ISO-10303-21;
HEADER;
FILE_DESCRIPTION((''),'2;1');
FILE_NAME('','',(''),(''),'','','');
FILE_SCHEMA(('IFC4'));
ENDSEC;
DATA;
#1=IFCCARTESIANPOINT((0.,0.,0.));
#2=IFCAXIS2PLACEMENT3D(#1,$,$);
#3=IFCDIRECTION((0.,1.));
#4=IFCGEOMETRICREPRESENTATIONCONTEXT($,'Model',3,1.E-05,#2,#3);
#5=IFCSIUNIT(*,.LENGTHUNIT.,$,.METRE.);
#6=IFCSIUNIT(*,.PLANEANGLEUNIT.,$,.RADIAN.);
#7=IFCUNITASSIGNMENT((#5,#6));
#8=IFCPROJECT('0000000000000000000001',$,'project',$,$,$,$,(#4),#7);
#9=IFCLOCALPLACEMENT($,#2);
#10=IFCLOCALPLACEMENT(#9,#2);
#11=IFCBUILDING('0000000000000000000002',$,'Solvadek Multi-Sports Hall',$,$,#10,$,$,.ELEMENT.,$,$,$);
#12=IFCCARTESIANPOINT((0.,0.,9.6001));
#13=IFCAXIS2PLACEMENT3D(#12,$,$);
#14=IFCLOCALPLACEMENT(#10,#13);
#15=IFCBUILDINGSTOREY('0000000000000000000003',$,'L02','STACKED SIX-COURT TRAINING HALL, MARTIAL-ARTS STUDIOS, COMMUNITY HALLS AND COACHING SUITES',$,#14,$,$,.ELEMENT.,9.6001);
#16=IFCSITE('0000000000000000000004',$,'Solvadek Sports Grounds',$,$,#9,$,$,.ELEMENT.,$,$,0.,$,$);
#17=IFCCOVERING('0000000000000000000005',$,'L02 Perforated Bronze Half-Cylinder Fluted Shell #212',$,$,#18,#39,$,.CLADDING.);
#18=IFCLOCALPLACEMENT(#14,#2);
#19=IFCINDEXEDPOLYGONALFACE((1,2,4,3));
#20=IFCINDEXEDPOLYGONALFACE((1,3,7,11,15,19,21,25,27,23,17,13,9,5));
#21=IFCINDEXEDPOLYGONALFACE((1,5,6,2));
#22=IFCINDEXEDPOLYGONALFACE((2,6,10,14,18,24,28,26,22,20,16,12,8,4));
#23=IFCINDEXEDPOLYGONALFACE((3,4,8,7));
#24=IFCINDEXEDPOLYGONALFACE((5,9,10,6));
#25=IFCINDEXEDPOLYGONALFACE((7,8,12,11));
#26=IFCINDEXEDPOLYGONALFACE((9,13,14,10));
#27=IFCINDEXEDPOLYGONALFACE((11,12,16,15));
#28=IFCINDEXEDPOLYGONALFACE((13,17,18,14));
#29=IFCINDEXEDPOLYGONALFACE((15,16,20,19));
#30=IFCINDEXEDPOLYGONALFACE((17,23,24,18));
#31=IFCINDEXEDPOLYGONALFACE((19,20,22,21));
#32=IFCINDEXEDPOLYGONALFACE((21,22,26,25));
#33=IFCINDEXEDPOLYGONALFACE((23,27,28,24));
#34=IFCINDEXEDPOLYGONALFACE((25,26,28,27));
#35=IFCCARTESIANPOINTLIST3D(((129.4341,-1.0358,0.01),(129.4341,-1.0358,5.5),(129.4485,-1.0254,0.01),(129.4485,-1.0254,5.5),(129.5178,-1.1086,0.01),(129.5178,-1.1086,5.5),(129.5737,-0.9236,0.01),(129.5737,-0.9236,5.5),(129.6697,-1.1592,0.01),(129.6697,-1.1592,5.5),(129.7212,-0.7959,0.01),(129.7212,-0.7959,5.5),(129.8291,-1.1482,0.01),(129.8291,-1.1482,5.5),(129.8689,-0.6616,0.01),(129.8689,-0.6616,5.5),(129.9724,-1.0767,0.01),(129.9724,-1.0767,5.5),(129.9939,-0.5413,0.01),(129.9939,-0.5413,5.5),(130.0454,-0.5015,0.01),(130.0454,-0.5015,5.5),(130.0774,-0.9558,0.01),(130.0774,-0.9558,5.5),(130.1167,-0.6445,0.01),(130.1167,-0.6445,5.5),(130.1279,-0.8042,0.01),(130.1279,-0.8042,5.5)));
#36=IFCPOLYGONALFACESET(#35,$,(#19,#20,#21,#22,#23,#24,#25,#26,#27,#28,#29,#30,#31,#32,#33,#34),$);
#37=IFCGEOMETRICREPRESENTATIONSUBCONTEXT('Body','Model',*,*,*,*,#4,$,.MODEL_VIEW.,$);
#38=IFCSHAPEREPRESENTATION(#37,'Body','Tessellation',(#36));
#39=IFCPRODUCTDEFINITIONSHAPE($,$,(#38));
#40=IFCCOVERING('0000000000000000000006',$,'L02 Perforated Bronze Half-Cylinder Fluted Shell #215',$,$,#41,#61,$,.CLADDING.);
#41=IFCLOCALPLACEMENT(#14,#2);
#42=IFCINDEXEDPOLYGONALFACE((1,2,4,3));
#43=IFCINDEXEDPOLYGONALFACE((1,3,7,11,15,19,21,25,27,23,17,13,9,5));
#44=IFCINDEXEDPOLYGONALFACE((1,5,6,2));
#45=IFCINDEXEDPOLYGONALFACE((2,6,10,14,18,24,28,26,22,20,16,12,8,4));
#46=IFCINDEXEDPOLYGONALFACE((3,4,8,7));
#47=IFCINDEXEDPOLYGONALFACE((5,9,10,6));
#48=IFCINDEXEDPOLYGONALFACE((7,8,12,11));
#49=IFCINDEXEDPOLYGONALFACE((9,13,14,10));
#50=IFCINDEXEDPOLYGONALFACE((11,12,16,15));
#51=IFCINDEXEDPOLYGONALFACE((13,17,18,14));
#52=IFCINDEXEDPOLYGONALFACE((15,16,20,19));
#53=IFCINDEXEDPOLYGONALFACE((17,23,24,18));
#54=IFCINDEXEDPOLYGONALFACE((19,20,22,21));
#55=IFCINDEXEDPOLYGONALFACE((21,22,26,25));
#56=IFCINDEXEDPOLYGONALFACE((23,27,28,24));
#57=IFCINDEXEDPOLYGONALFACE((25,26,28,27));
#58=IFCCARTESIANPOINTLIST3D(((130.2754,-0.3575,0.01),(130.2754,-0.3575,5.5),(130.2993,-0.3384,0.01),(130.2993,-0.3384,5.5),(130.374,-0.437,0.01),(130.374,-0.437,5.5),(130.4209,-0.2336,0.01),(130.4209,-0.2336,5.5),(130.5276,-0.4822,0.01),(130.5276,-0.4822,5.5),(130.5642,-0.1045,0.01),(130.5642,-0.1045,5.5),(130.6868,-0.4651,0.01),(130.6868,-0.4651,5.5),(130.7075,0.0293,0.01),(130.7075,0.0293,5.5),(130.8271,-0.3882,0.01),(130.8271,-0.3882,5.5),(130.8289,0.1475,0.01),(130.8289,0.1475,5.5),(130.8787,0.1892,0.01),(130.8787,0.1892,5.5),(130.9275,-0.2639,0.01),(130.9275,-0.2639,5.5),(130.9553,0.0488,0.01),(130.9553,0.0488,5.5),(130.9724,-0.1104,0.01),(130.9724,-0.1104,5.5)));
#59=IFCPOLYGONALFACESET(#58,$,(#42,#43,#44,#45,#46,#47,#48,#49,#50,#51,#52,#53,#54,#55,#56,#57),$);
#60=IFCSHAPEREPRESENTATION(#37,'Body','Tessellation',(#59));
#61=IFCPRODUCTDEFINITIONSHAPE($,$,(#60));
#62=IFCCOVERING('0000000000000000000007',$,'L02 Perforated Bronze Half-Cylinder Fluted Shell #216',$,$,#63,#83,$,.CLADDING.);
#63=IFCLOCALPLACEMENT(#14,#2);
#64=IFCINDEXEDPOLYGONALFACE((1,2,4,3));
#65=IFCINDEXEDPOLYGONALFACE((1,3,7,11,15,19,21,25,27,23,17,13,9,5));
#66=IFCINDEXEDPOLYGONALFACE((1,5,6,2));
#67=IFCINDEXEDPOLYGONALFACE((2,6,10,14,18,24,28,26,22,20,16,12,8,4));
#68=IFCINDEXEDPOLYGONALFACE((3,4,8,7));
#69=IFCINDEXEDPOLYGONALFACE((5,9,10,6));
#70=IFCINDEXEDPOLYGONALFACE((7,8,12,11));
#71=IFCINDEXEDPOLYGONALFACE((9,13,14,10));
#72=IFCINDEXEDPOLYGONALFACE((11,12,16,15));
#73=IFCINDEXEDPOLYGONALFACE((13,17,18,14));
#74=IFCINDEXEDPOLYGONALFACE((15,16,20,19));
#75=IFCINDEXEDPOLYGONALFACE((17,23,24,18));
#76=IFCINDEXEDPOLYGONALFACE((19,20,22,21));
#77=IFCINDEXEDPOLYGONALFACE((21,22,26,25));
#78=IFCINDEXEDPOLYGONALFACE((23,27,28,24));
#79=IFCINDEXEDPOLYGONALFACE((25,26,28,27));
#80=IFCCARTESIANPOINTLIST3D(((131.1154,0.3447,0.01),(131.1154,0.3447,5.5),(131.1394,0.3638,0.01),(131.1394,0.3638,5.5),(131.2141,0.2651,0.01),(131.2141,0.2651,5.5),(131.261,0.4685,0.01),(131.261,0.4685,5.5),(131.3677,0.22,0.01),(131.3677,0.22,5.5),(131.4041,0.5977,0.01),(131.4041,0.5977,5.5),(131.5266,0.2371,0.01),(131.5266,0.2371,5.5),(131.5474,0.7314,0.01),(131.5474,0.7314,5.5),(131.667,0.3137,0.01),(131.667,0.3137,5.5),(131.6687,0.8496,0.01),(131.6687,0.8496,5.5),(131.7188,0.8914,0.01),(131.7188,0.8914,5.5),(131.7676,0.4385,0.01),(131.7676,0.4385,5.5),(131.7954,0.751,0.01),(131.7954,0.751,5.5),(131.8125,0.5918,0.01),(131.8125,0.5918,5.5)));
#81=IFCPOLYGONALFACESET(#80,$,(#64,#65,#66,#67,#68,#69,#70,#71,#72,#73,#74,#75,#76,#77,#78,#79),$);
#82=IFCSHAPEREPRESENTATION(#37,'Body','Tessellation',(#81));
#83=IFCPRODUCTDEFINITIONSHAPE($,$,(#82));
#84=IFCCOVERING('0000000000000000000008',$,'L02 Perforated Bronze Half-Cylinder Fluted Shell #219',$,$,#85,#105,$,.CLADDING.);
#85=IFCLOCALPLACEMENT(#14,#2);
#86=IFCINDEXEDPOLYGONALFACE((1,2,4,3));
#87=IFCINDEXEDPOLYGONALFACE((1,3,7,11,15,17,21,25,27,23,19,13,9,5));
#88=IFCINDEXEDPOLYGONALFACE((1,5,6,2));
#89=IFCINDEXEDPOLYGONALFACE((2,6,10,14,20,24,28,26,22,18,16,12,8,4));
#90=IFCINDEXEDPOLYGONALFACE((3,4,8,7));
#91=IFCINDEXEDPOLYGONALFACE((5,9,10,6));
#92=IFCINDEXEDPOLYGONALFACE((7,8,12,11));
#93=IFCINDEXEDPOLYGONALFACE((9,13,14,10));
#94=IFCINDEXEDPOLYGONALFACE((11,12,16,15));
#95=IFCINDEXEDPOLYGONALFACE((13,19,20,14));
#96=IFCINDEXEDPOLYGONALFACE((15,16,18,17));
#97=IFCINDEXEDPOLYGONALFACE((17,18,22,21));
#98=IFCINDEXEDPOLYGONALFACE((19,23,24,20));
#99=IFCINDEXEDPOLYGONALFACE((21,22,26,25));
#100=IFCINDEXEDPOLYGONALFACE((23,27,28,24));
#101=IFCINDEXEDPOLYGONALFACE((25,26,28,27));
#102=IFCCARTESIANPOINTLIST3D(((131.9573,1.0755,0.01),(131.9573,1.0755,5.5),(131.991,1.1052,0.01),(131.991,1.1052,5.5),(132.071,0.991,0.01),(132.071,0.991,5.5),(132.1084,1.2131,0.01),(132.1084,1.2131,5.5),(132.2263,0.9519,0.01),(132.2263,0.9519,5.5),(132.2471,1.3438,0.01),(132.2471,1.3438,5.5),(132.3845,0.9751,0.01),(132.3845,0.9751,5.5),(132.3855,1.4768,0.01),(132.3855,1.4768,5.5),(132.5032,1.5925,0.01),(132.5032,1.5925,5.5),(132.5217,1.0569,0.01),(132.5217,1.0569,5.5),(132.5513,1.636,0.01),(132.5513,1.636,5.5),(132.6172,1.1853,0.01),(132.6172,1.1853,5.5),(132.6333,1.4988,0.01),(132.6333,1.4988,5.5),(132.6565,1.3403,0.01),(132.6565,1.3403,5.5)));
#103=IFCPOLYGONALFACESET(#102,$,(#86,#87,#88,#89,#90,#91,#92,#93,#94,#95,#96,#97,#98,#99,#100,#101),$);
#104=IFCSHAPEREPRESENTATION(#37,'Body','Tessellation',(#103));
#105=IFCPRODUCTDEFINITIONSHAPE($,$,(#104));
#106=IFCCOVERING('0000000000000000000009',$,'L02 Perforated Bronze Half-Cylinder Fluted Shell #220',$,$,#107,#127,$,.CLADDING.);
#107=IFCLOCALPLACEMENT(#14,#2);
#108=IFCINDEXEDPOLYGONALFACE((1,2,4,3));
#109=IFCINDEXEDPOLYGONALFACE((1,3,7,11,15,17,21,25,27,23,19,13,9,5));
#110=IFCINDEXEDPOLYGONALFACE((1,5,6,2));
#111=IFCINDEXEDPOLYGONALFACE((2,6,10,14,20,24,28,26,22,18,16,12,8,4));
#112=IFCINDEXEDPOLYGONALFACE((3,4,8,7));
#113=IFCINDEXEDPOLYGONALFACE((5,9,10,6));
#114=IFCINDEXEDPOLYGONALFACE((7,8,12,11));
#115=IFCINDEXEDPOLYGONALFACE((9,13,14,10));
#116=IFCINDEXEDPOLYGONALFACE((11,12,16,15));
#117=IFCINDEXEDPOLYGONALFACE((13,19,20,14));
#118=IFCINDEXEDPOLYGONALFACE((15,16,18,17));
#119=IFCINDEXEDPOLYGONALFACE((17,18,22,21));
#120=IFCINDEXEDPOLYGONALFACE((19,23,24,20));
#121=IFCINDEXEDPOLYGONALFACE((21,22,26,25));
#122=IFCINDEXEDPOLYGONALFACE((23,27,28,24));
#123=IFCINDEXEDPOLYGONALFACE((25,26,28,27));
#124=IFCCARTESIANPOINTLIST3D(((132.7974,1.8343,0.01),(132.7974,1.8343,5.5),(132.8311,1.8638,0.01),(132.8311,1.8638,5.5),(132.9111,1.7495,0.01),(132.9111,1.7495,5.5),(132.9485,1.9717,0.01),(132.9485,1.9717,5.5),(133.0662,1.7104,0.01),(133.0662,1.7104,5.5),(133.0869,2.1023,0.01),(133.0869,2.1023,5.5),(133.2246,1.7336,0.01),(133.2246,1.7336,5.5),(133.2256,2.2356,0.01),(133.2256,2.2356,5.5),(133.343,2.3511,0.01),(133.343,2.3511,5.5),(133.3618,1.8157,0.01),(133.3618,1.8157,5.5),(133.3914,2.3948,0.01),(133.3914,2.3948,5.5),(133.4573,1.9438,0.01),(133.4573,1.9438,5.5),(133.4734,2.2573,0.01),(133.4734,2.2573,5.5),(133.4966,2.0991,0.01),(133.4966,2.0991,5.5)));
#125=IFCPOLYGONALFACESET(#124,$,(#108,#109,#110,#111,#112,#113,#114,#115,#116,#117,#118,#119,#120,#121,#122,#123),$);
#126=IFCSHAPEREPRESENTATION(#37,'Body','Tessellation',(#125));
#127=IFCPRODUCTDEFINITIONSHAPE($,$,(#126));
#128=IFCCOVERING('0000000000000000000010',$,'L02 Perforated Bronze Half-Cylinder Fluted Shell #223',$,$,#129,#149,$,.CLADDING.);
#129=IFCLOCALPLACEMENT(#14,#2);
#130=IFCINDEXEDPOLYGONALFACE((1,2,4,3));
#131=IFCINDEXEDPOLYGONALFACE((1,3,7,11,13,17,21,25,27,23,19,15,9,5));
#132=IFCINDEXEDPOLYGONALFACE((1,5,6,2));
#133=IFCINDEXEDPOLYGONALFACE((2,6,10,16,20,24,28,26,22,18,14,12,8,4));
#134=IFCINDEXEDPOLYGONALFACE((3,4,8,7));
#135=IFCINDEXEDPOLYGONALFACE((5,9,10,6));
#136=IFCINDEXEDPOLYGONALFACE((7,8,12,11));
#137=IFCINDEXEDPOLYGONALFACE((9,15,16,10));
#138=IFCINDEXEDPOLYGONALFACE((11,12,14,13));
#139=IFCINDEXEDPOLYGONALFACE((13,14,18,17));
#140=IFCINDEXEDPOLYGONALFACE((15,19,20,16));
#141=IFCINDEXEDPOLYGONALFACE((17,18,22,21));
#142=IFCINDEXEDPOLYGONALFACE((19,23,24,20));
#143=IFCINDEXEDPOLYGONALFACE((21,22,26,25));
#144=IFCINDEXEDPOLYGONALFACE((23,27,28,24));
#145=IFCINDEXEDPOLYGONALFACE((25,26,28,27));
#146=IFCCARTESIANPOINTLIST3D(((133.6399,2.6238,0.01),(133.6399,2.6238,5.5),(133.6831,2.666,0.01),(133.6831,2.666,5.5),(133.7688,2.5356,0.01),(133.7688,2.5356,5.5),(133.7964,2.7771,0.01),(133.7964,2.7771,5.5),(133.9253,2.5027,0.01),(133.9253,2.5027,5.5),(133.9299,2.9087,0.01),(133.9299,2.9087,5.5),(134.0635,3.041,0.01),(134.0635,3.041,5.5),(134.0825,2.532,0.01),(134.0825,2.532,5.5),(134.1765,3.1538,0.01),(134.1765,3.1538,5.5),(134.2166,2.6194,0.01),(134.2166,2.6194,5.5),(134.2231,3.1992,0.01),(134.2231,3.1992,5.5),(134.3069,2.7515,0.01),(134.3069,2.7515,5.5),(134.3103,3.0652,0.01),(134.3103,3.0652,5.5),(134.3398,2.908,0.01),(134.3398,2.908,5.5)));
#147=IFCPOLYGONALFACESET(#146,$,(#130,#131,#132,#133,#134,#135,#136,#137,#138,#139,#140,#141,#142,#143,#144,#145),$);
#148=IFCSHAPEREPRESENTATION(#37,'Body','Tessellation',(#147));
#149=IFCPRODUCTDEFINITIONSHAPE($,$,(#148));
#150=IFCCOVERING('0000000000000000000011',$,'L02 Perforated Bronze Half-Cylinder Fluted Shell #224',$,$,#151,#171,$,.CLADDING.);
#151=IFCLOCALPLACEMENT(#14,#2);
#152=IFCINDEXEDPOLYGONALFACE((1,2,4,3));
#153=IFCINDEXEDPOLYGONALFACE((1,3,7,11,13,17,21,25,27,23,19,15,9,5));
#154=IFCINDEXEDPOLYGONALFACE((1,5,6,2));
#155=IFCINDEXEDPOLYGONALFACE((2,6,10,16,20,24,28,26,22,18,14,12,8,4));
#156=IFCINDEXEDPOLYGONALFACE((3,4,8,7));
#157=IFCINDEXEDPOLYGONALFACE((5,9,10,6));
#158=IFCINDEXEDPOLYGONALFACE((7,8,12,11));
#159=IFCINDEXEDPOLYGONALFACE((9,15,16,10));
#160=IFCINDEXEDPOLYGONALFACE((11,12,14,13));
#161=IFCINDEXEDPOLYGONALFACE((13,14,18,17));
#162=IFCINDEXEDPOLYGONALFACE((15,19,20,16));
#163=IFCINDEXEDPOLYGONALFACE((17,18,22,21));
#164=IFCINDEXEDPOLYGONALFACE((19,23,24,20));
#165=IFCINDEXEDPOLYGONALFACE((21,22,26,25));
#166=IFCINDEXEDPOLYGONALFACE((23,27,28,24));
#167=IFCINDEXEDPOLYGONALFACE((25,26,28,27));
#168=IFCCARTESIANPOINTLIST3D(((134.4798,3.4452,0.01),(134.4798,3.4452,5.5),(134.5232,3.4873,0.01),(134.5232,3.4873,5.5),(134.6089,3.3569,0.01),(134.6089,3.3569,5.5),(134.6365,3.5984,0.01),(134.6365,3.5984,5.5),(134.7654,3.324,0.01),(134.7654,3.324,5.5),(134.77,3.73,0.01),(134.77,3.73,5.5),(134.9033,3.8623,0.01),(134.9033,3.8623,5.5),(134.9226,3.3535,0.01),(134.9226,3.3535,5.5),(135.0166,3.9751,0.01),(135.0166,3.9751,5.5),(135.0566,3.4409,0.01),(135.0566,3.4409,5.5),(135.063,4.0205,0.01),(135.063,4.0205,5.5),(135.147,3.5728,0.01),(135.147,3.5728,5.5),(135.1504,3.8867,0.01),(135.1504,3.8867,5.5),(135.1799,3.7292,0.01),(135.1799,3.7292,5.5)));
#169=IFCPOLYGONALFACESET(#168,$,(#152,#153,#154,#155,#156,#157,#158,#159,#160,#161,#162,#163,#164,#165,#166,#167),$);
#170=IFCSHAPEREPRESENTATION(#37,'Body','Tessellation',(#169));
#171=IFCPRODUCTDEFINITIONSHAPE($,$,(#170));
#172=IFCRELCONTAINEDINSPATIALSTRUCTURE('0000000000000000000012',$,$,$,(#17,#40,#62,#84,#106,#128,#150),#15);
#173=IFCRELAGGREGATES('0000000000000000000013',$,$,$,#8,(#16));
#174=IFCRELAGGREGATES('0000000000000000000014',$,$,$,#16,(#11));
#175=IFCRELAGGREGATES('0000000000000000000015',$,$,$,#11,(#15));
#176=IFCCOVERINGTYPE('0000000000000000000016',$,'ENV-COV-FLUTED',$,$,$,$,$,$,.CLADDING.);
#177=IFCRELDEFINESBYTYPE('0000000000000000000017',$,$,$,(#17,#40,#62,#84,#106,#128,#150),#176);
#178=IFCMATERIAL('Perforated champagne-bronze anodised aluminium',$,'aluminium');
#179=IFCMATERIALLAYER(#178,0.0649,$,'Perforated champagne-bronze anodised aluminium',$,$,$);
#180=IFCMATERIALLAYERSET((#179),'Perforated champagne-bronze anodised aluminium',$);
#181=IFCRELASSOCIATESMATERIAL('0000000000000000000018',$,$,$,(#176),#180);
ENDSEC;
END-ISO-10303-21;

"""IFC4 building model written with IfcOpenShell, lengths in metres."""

from ifc_helpers import new_model, si_unit, direction, frame, origin, place, context, subcontext, project, spatial, polyline, outline, extrude, material, layer, layer_set, type_object, element, save


model = new_model("IFC4")

# Units and contexts
model_context = context("Model", 3, precision=1e-05, world=origin(), true_north=direction((0.0, 1.0)))
body_context = subcontext(model_context, "Body", "Model", "MODEL_VIEW")
ifc_project = project(units=[si_unit("LENGTHUNIT", "METRE"), si_unit("PLANEANGLEUNIT", "RADIAN")], contexts=[model_context])

# Site, building, storey
site_placement = place(None, origin())
site = spatial("IfcSite", under=ifc_project, at=site_placement, Name="Solvadek Sports Grounds", CompositionType="ELEMENT", RefElevation=0.0)
building_placement = place(site_placement, origin())
building = spatial("IfcBuilding", under=site, at=building_placement, Name="Solvadek Multi-Sports Hall", CompositionType="ELEMENT")
storey_placement = place(building_placement, frame((0.0, 0.0, 9.6001)))
storey = spatial("IfcBuildingStorey", under=building, at=storey_placement, Name="L02", Description="STACKED SIX-COURT TRAINING HALL, MARTIAL-ARTS STUDIOS, COMMUNITY HALLS AND COACHING SUITES", CompositionType="ELEMENT", Elevation=9.6001)

# Coverings
ifc_material_1 = material(Name="Perforated champagne-bronze anodised aluminium", Category="aluminium")
ifc_layer_1 = layer(ifc_material_1, 0.0649, Name="Perforated champagne-bronze anodised aluminium")
ifc_layer_set_1 = layer_set([ifc_layer_1], Name="Perforated champagne-bronze anodised aluminium")
covering_type_1 = type_object("IfcCoveringType", Name="ENV-COV-FLUTED", PredefinedType="CLADDING", material=ifc_layer_set_1)
covering_1_placement = place(storey_placement, frame((0.0, 0.0, 0.01)))
element("IfcCovering", 1, at=covering_1_placement, inside=storey, type_object=covering_type_1, Name="L02 Perforated Bronze Half-Cylinder Fluted Shell #212", PredefinedType="CLADDING", context=body_context, shape_type="SweptSolid", body=[
    extrude(outline(polyline([(130.0454, -0.5015), (130.1167, -0.6445), (130.1279, -0.8042), (130.0774, -0.9558), (129.9724, -1.0767), (129.8291, -1.1482), (129.6697, -1.1592), (129.5178, -1.1086), (129.3972, -1.0037), (129.4485, -0.9639), (129.365, -1.0522), (129.3357, -1.0947), (129.365, -1.0854), (129.4485, -1.0254), (129.5737, -0.9236), (129.7212, -0.7959), (129.8689, -0.6616), (129.9939, -0.5413), (130.0454, -0.5015)])), origin(), (0.0, 0.0, 1.0), 5.49),
])
covering_2_placement = place(storey_placement, frame((0.0, 0.0, 0.01)))
element("IfcCovering", 2, at=covering_2_placement, inside=storey, type_object=covering_type_1, Name="L02 Perforated Bronze Half-Cylinder Fluted Shell #215", PredefinedType="CLADDING", context=body_context, shape_type="SweptSolid", body=[
    extrude(outline(polyline([(130.8787, 0.1892), (130.9553, 0.0488), (130.9724, -0.1104), (130.9275, -0.2639), (130.8271, -0.3882), (130.6868, -0.4651), (130.5276, -0.4822), (130.374, -0.437), (130.2495, -0.3367), (130.2993, -0.2949), (130.2183, -0.3794), (130.1897, -0.4175), (130.2183, -0.4031), (130.2993, -0.3384), (130.4209, -0.2336), (130.5642, -0.1045), (130.7075, 0.0293), (130.8289, 0.1475), (130.8787, 0.1892)])), origin(), (0.0, 0.0, 1.0), 5.49),
])
covering_3_placement = place(storey_placement, frame((0.0, 0.0, 0.01)))
element("IfcCovering", 3, at=covering_3_placement, inside=storey, type_object=covering_type_1, Name="L02 Perforated Bronze Half-Cylinder Fluted Shell #216", PredefinedType="CLADDING", context=body_context, shape_type="SweptSolid", body=[
    extrude(outline(polyline([(131.7188, 0.8914), (131.7954, 0.751), (131.8125, 0.5918), (131.7676, 0.4385), (131.667, 0.3137), (131.5266, 0.2371), (131.3677, 0.22), (131.2141, 0.2651), (131.0896, 0.3655), (131.1394, 0.407), (131.0583, 0.3228), (131.0298, 0.2849), (131.0583, 0.2993), (131.1394, 0.3638), (131.261, 0.4685), (131.4041, 0.5977), (131.5474, 0.7314), (131.6687, 0.8496), (131.7188, 0.8914)])), origin(), (0.0, 0.0, 1.0), 5.49),
])
covering_4_placement = place(storey_placement, frame((0.0, 0.0, 0.01)))
element("IfcCovering", 4, at=covering_4_placement, inside=storey, type_object=covering_type_1, Name="L02 Perforated Bronze Half-Cylinder Fluted Shell #219", PredefinedType="CLADDING", context=body_context, shape_type="SweptSolid", body=[
    extrude(outline(polyline([(132.5513, 1.636), (132.6333, 1.4988), (132.6565, 1.3403), (132.6172, 1.1853), (132.5217, 1.0569), (132.3845, 0.9751), (132.2263, 0.9519), (132.071, 0.991), (131.9426, 1.0864), (131.991, 1.1301), (131.9126, 1.0498), (131.885, 1.0166), (131.9126, 1.0361), (131.991, 1.1052), (132.1084, 1.2131), (132.2471, 1.3438), (132.3855, 1.4768), (132.5032, 1.5925), (132.5513, 1.636)])), origin(), (0.0, 0.0, 1.0), 5.49),
])
covering_5_placement = place(storey_placement, frame((0.0, 0.0, 0.01)))
element("IfcCovering", 5, at=covering_5_placement, inside=storey, type_object=covering_type_1, Name="L02 Perforated Bronze Half-Cylinder Fluted Shell #220", PredefinedType="CLADDING", context=body_context, shape_type="SweptSolid", body=[
    extrude(outline(polyline([(133.3914, 2.3948), (133.4734, 2.2573), (133.4966, 2.0991), (133.4573, 1.9438), (133.3618, 1.8157), (133.2246, 1.7336), (133.0662, 1.7104), (132.9111, 1.7495), (132.7827, 1.8452), (132.8311, 1.8887), (132.7524, 1.8083), (132.7249, 1.7754), (132.7524, 1.7949), (132.8311, 1.8638), (132.9485, 1.9717), (133.0869, 2.1023), (133.2256, 2.2356), (133.343, 2.3511), (133.3914, 2.3948)])), origin(), (0.0, 0.0, 1.0), 5.49),
])
covering_6_placement = place(storey_placement, frame((0.0, 0.0, 0.01)))
element("IfcCovering", 6, at=covering_6_placement, inside=storey, type_object=covering_type_1, Name="L02 Perforated Bronze Half-Cylinder Fluted Shell #223", PredefinedType="CLADDING", context=body_context, shape_type="SweptSolid", body=[
    extrude(outline(polyline([(134.2231, 3.1992), (134.3103, 3.0652), (134.3398, 2.908), (134.3069, 2.7515), (134.2166, 2.6194), (134.0825, 2.532), (133.9253, 2.5027), (133.7688, 2.5356), (133.6367, 2.626), (133.6831, 2.6714), (133.6077, 2.5952), (133.5811, 2.5676), (133.6077, 2.5923), (133.6831, 2.666), (133.7964, 2.7771), (133.9299, 2.9087), (134.0635, 3.041), (134.1765, 3.1538), (134.2231, 3.1992)])), origin(), (0.0, 0.0, 1.0), 5.49),
])
covering_7_placement = place(storey_placement, frame((0.0, 0.0, 0.01)))
element("IfcCovering", 7, at=covering_7_placement, inside=storey, type_object=covering_type_1, Name="L02 Perforated Bronze Half-Cylinder Fluted Shell #224", PredefinedType="CLADDING", context=body_context, shape_type="SweptSolid", body=[
    extrude(outline(polyline([(135.063, 4.0205), (135.1504, 3.8867), (135.1799, 3.7292), (135.147, 3.5728), (135.0566, 3.4409), (134.9226, 3.3535), (134.7654, 3.324), (134.6089, 3.3569), (134.4768, 3.4473), (134.5232, 3.4927), (134.4475, 3.4167), (134.4211, 3.3889), (134.4475, 3.4138), (134.5232, 3.4873), (134.6365, 3.5984), (134.77, 3.73), (134.9033, 3.8623), (135.0166, 3.9751), (135.063, 4.0205)])), origin(), (0.0, 0.0, 1.0), 5.49),
])

save(model, "model.ifc")
